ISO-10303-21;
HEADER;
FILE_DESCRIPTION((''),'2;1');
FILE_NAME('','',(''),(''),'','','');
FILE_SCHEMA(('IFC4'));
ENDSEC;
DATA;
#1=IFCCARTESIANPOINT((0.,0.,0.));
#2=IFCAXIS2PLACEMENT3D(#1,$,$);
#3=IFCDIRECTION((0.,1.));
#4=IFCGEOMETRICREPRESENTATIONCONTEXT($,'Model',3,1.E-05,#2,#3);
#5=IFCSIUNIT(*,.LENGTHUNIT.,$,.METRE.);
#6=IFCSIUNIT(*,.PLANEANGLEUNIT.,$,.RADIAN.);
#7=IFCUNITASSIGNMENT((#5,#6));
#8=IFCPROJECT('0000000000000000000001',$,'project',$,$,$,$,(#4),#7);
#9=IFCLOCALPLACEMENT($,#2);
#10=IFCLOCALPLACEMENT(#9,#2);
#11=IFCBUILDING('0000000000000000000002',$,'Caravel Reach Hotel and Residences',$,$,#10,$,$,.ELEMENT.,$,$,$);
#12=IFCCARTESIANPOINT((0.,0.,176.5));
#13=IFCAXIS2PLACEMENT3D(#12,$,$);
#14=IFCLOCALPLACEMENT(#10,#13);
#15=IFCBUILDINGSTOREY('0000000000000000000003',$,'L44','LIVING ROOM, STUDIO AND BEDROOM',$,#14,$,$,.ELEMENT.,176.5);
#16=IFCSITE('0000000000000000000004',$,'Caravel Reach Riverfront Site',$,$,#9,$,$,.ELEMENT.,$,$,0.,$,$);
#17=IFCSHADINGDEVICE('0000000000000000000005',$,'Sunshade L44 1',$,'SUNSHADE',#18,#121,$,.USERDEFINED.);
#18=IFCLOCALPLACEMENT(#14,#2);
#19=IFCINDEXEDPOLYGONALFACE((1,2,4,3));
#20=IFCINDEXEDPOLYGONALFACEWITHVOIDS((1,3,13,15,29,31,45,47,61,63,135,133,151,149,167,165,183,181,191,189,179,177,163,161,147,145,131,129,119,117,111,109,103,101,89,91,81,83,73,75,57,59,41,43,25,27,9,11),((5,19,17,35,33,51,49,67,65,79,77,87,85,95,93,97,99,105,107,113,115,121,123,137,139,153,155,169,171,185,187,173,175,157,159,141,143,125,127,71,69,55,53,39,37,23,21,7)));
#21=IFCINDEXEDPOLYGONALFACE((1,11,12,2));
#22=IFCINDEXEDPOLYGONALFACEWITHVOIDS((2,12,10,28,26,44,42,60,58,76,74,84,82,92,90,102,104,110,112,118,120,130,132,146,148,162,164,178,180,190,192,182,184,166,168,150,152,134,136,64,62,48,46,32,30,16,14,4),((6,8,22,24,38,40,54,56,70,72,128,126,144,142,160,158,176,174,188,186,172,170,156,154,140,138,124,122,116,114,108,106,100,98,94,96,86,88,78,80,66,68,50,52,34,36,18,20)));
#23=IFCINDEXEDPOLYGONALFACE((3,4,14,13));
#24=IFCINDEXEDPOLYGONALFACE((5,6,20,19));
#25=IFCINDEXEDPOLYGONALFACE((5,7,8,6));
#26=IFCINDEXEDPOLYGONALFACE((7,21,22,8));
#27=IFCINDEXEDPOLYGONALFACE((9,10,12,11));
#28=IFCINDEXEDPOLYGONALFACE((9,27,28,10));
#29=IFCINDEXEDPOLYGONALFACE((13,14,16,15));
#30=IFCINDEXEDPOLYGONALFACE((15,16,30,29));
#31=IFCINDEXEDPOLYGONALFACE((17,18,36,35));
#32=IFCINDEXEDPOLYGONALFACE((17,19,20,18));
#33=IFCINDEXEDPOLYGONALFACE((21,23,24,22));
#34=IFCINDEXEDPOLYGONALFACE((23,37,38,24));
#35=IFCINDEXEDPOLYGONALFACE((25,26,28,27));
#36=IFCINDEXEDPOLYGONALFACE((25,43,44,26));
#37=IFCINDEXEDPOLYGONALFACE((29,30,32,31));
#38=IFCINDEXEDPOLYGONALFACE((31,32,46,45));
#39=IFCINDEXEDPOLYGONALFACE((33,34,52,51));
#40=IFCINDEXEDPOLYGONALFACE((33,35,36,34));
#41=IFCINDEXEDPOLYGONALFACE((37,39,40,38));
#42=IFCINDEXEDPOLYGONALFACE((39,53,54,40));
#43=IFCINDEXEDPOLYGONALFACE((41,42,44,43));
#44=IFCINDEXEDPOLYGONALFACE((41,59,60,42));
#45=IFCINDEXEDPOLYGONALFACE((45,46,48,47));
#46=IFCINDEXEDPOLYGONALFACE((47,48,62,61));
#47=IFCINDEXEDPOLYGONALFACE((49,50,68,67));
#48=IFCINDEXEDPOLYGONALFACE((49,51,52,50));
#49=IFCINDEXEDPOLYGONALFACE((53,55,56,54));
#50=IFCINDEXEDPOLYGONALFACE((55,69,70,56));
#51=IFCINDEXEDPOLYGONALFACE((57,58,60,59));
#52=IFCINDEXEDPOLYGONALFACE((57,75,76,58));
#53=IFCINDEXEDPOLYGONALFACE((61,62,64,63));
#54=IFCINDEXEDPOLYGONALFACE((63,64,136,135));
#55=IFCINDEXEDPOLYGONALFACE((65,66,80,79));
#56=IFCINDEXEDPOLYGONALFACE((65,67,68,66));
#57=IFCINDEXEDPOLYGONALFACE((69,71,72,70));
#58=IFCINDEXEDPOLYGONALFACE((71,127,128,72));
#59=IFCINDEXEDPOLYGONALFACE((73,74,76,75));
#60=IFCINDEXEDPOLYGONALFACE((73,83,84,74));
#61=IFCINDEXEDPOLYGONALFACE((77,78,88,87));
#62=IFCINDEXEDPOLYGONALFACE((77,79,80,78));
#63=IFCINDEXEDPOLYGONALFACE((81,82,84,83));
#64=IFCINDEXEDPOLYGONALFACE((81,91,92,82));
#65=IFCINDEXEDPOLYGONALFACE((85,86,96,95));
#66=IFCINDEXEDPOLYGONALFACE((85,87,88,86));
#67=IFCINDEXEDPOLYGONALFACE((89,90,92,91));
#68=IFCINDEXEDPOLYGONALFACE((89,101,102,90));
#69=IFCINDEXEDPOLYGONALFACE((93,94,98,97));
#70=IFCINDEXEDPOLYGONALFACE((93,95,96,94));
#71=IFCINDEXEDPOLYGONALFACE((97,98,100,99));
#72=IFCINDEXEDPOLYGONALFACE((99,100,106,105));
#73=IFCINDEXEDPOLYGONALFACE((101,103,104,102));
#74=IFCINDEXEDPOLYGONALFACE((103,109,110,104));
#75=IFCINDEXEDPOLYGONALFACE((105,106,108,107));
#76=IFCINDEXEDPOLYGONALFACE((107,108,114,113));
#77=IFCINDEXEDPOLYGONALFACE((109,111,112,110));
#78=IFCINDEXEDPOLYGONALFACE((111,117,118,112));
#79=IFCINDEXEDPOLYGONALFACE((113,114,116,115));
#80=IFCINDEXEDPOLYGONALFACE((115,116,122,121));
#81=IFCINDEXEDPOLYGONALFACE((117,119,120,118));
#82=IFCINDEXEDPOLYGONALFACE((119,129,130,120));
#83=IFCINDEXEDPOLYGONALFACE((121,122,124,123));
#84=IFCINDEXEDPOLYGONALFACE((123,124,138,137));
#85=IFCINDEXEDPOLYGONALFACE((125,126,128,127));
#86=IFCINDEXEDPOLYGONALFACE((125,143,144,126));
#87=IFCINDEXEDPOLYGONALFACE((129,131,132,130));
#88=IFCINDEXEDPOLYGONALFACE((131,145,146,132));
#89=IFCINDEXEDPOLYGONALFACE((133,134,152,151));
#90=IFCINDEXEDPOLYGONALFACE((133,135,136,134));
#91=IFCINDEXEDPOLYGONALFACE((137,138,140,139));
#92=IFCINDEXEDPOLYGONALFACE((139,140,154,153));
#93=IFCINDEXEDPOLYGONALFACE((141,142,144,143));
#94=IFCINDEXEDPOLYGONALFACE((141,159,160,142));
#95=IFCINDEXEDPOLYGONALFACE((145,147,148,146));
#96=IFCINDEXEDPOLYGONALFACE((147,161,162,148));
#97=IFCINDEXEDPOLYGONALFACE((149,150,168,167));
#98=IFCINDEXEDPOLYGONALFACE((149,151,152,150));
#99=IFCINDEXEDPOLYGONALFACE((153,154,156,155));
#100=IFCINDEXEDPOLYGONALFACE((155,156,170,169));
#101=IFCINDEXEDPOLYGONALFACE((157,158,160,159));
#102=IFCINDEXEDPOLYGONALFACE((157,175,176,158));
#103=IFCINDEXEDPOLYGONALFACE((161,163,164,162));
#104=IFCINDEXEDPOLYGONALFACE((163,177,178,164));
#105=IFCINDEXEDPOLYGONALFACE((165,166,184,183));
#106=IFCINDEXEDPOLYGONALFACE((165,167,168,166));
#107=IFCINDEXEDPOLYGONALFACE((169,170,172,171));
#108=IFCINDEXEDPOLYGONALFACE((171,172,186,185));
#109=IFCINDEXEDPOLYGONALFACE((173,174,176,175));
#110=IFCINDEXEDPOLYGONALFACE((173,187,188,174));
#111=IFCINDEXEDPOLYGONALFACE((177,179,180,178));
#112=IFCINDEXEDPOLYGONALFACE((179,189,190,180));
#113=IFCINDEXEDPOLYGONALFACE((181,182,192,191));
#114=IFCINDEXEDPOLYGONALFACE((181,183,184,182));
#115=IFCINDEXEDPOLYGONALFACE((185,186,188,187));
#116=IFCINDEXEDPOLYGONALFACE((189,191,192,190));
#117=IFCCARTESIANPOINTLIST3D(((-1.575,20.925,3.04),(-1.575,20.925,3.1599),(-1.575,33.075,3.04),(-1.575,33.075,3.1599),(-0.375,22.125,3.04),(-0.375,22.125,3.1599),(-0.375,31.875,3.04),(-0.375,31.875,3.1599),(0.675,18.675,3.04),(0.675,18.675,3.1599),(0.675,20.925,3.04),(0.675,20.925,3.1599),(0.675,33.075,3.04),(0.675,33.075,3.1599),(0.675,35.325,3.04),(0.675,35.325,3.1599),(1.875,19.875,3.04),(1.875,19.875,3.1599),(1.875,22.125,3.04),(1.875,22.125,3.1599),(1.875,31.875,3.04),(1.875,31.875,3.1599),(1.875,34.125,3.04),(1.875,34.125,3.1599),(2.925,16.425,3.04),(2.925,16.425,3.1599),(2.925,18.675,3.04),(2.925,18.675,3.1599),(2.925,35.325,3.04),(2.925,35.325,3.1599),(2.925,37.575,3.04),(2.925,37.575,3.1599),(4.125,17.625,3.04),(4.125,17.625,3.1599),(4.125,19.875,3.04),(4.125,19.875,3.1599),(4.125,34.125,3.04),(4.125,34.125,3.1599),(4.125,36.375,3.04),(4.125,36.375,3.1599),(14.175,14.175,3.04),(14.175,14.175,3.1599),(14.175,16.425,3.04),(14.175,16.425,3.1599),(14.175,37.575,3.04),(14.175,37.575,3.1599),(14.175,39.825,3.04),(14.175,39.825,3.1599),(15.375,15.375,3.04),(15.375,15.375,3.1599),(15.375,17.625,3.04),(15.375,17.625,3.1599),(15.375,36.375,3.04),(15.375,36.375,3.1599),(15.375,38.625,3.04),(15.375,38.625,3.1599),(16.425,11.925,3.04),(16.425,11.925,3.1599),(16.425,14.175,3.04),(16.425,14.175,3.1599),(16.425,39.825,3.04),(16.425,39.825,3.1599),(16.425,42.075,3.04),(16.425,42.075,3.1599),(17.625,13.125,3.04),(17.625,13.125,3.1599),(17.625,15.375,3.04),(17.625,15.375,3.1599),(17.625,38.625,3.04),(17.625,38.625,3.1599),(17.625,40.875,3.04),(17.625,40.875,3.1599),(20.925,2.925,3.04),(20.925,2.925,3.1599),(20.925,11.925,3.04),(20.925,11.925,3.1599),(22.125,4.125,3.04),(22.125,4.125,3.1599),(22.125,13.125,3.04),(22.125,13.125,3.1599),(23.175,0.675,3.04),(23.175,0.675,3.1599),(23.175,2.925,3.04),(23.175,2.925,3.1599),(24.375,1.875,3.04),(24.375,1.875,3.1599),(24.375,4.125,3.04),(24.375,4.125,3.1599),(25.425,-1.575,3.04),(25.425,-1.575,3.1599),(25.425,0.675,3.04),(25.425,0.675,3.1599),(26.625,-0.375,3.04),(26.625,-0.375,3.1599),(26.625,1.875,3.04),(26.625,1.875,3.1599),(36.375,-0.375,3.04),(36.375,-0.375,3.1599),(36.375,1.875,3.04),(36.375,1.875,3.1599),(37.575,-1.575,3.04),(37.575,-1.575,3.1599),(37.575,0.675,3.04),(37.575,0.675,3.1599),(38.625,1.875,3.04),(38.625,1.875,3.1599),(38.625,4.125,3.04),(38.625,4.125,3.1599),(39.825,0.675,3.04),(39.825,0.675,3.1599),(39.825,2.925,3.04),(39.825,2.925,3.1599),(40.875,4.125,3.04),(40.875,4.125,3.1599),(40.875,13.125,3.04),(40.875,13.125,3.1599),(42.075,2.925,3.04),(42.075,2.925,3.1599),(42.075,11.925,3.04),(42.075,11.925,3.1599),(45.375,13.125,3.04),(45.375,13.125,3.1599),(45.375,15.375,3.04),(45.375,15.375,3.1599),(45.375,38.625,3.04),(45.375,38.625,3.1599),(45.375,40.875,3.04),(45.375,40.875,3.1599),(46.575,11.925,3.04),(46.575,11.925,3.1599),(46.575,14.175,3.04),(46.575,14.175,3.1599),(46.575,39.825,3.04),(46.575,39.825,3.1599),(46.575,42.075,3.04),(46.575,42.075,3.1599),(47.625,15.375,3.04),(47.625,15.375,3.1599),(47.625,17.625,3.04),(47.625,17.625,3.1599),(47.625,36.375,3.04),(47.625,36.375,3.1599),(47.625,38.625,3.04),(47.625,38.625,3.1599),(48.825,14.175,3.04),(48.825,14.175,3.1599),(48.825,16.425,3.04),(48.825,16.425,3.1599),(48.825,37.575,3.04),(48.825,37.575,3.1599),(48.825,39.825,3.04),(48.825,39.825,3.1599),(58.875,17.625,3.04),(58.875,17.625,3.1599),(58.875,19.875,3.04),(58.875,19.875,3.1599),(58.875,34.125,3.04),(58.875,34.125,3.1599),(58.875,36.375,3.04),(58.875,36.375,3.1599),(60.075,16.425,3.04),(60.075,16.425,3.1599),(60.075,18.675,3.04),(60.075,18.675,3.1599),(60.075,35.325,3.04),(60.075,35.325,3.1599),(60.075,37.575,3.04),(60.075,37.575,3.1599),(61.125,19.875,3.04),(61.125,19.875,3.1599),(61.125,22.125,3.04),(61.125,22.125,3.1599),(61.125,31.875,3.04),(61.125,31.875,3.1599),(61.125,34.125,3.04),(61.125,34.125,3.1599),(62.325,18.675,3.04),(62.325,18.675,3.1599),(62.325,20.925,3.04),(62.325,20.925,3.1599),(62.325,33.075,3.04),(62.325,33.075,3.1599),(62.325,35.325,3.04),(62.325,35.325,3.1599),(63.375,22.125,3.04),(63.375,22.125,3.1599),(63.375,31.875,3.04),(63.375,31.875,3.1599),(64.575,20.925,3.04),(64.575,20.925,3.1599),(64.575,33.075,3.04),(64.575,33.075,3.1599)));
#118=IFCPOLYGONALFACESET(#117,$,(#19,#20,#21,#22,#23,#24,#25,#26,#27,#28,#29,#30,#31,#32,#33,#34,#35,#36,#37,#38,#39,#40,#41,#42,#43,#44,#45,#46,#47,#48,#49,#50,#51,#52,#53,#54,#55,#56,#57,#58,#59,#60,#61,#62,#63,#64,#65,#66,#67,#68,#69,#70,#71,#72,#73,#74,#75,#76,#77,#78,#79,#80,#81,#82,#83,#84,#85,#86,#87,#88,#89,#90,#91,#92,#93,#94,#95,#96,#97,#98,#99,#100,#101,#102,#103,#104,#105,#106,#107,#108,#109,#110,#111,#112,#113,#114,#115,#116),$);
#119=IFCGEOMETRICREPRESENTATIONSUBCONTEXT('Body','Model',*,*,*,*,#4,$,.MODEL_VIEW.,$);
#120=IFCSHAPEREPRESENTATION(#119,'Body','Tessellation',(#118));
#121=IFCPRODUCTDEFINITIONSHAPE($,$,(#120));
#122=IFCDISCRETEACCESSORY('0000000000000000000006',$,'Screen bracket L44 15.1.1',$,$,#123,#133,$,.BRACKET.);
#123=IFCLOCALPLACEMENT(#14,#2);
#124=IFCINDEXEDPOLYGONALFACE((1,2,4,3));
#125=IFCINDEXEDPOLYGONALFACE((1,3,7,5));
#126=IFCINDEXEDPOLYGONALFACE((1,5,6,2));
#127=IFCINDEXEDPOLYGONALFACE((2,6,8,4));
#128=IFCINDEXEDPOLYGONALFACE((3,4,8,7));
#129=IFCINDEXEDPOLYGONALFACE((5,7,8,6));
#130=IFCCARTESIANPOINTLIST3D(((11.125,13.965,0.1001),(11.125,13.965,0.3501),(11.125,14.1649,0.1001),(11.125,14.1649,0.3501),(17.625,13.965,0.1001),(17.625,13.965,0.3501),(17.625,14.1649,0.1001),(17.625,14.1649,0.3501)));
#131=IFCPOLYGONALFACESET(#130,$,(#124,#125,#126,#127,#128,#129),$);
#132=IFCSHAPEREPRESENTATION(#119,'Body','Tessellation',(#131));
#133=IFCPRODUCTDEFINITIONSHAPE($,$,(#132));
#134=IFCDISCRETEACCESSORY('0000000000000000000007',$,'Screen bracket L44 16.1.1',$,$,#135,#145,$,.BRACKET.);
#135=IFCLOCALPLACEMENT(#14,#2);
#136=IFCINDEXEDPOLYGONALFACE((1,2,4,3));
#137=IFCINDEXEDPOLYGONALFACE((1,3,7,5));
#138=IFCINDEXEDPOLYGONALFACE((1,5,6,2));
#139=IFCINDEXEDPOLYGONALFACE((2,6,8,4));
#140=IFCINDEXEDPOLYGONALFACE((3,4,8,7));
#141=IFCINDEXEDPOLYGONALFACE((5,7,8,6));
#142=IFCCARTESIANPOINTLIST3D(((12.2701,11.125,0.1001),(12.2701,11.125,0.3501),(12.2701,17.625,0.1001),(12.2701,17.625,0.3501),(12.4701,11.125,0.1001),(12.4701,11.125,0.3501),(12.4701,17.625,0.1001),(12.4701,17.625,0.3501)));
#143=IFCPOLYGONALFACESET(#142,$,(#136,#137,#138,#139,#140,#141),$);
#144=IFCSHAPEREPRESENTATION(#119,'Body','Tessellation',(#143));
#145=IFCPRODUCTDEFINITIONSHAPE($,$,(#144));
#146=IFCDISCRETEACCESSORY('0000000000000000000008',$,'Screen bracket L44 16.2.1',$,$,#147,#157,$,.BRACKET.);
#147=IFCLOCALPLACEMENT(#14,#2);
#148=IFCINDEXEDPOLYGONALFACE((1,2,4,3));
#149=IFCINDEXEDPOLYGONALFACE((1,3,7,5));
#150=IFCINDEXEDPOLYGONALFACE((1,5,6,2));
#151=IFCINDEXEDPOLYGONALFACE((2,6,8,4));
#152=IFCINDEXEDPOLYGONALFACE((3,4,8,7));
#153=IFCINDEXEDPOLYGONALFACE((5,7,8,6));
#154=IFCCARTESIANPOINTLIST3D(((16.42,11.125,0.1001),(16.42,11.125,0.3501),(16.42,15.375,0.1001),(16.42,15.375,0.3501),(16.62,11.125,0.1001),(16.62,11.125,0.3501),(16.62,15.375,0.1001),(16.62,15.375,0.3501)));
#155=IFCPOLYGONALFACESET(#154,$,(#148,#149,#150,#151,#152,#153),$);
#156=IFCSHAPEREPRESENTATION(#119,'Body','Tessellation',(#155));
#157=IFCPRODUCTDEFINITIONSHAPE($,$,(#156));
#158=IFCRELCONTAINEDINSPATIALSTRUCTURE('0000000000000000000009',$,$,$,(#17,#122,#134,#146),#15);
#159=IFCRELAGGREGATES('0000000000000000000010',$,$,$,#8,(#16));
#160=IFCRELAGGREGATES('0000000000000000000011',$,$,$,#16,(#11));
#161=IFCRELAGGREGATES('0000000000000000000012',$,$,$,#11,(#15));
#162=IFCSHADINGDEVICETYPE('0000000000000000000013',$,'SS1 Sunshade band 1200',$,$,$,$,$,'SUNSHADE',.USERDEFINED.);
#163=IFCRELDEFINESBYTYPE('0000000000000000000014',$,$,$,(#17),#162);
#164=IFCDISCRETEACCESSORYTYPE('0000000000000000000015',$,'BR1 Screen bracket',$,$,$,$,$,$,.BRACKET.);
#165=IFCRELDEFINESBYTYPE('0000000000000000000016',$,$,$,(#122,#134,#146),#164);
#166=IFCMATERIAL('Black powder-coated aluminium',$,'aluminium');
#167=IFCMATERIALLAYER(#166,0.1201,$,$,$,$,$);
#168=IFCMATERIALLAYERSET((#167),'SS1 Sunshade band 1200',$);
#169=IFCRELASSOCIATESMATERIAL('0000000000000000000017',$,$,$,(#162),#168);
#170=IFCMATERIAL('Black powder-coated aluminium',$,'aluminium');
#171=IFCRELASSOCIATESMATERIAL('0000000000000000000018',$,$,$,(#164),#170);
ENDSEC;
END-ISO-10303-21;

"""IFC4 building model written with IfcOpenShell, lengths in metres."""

from ifc_helpers import new_model, si_unit, direction, frame, origin, origin_2d, place, context, subcontext, project, spatial, polyline, rectangle, outline, extrude, material, layer, layer_set, type_object, element, save


model = new_model("IFC4")

# Units and contexts
model_context = context("Model", 3, precision=1e-05, world=origin(), true_north=direction((0.0, 1.0)))
body_context = subcontext(model_context, "Body", "Model", "MODEL_VIEW")
ifc_project = project(units=[si_unit("LENGTHUNIT", "METRE"), si_unit("PLANEANGLEUNIT", "RADIAN")], contexts=[model_context])

# Site, building, storey
site_placement = place(None, origin())
site = spatial("IfcSite", under=ifc_project, at=site_placement, Name="Caravel Reach Riverfront Site", CompositionType="ELEMENT", RefElevation=0.0)
building_placement = place(site_placement, origin())
building = spatial("IfcBuilding", under=site, at=building_placement, Name="Caravel Reach Hotel and Residences", CompositionType="ELEMENT")
storey_placement = place(building_placement, frame((0.0, 0.0, 176.5)))
storey = spatial("IfcBuildingStorey", under=building, at=storey_placement, Name="L44", Description="LIVING ROOM, STUDIO AND BEDROOM", CompositionType="ELEMENT", Elevation=176.5)

# Shading device
ifc_material_1 = material(Name="Black powder-coated aluminium", Category="aluminium")
ifc_layer_1 = layer(ifc_material_1, 0.1201)
ifc_layer_set_1 = layer_set([ifc_layer_1], Name="SS1 Sunshade band 1200")
shading_device_type_1 = type_object("IfcShadingDeviceType", Name="SS1 Sunshade band 1200", ElementType="SUNSHADE", PredefinedType="USERDEFINED", material=ifc_layer_set_1)
shading_device_1_placement = place(storey_placement, frame((0.0, 0.0, 3.04)))
element("IfcShadingDevice", 1, at=shading_device_1_placement, inside=storey, type_object=shading_device_type_1, Name="Sunshade L44 1", ObjectType="SUNSHADE", PredefinedType="USERDEFINED", context=body_context, shape_type="SweptSolid", body=[
    extrude(outline(polyline([(20.925, 11.925), (20.925, 2.925), (23.175, 2.925), (23.175, 0.675), (25.425, 0.675), (25.425, -1.575), (37.575, -1.575), (37.575, 0.675), (39.825, 0.675), (39.825, 2.925), (42.075, 2.925), (42.075, 11.925), (46.575, 11.925), (46.575, 14.175), (48.825, 14.175), (48.825, 16.425), (60.075, 16.425), (60.075, 18.675), (62.325, 18.675), (62.325, 20.925), (64.575, 20.925), (64.575, 33.075), (62.325, 33.075), (62.325, 35.325), (60.075, 35.325), (60.075, 37.575), (48.825, 37.575), (48.825, 39.825), (46.575, 39.825), (46.575, 42.075), (16.425, 42.075), (16.425, 39.825), (14.175, 39.825), (14.175, 37.575), (2.925, 37.575), (2.925, 35.325), (0.675, 35.325), (0.675, 33.075), (-1.575, 33.075), (-1.575, 20.925), (0.675, 20.925), (0.675, 18.675), (2.925, 18.675), (2.925, 16.425), (14.175, 16.425), (14.175, 14.175), (16.425, 14.175), (16.425, 11.925), (20.925, 11.925)]), holes=[polyline([(24.375, 4.125), (22.125, 4.125), (22.125, 13.125), (17.625, 13.125), (17.625, 15.375), (15.375, 15.375), (15.375, 17.625), (4.125, 17.625), (4.125, 19.875), (1.875, 19.875), (1.875, 22.125), (-0.375, 22.125), (-0.375, 31.875), (1.875, 31.875), (1.875, 34.125), (4.125, 34.125), (4.125, 36.375), (15.375, 36.375), (15.375, 38.625), (17.625, 38.625), (17.625, 40.875), (45.375, 40.875), (45.375, 38.625), (47.625, 38.625), (47.625, 36.375), (58.875, 36.375), (58.875, 34.125), (61.125, 34.125), (61.125, 31.875), (63.375, 31.875), (63.375, 22.125), (61.125, 22.125), (61.125, 19.875), (58.875, 19.875), (58.875, 17.625), (47.625, 17.625), (47.625, 15.375), (45.375, 15.375), (45.375, 13.125), (40.875, 13.125), (40.875, 4.125), (38.625, 4.125), (38.625, 1.875), (36.375, 1.875), (36.375, -0.375), (26.625, -0.375), (26.625, 1.875), (24.375, 1.875), (24.375, 4.125)])]), origin(), (0.0, 0.0, 1.0), 0.1199),
])

# Discrete accessories
ifc_material_2 = material(Name="Black powder-coated aluminium", Category="aluminium")
discrete_accessory_type = type_object("IfcDiscreteAccessoryType", Name="BR1 Screen bracket", PredefinedType="BRACKET", material=ifc_material_2)
for number, where, z_axis, x_axis, name in (
    (2, (14.375, 14.0649, 0.1001), (0.0, 0.0, 1.0), (-1.0, 0.0, 0.0), "Screen bracket L44 15.1.1"),
    (3, (12.3701, 14.375, 0.1001), (0.0, 0.0, 1.0), (0.0, -1.0, 0.0), "Screen bracket L44 16.1.1"),
):
    element("IfcDiscreteAccessory", number, at=place(storey_placement, frame(where, z_axis=z_axis, x_axis=x_axis)), inside=storey, type_object=discrete_accessory_type, Name=name, PredefinedType="BRACKET", context=body_context, shape_type="SweptSolid", body=[
        extrude(rectangle(XDim=6.5, YDim=0.2, at=origin_2d()), origin(), (0.0, 0.0, 1.0), 0.25),
    ])
discrete_accessory_placement = place(storey_placement, frame((16.52, 13.25, 0.1001), z_axis=(0.0, 0.0, 1.0), x_axis=(0.0, -1.0, 0.0)))
element("IfcDiscreteAccessory", 4, at=discrete_accessory_placement, inside=storey, type_object=discrete_accessory_type, Name="Screen bracket L44 16.2.1", PredefinedType="BRACKET", context=body_context, shape_type="SweptSolid", body=[
    extrude(rectangle(XDim=4.25, YDim=0.2, at=origin_2d()), origin(), (0.0, 0.0, 1.0), 0.25),
])

save(model, "model.ifc")
